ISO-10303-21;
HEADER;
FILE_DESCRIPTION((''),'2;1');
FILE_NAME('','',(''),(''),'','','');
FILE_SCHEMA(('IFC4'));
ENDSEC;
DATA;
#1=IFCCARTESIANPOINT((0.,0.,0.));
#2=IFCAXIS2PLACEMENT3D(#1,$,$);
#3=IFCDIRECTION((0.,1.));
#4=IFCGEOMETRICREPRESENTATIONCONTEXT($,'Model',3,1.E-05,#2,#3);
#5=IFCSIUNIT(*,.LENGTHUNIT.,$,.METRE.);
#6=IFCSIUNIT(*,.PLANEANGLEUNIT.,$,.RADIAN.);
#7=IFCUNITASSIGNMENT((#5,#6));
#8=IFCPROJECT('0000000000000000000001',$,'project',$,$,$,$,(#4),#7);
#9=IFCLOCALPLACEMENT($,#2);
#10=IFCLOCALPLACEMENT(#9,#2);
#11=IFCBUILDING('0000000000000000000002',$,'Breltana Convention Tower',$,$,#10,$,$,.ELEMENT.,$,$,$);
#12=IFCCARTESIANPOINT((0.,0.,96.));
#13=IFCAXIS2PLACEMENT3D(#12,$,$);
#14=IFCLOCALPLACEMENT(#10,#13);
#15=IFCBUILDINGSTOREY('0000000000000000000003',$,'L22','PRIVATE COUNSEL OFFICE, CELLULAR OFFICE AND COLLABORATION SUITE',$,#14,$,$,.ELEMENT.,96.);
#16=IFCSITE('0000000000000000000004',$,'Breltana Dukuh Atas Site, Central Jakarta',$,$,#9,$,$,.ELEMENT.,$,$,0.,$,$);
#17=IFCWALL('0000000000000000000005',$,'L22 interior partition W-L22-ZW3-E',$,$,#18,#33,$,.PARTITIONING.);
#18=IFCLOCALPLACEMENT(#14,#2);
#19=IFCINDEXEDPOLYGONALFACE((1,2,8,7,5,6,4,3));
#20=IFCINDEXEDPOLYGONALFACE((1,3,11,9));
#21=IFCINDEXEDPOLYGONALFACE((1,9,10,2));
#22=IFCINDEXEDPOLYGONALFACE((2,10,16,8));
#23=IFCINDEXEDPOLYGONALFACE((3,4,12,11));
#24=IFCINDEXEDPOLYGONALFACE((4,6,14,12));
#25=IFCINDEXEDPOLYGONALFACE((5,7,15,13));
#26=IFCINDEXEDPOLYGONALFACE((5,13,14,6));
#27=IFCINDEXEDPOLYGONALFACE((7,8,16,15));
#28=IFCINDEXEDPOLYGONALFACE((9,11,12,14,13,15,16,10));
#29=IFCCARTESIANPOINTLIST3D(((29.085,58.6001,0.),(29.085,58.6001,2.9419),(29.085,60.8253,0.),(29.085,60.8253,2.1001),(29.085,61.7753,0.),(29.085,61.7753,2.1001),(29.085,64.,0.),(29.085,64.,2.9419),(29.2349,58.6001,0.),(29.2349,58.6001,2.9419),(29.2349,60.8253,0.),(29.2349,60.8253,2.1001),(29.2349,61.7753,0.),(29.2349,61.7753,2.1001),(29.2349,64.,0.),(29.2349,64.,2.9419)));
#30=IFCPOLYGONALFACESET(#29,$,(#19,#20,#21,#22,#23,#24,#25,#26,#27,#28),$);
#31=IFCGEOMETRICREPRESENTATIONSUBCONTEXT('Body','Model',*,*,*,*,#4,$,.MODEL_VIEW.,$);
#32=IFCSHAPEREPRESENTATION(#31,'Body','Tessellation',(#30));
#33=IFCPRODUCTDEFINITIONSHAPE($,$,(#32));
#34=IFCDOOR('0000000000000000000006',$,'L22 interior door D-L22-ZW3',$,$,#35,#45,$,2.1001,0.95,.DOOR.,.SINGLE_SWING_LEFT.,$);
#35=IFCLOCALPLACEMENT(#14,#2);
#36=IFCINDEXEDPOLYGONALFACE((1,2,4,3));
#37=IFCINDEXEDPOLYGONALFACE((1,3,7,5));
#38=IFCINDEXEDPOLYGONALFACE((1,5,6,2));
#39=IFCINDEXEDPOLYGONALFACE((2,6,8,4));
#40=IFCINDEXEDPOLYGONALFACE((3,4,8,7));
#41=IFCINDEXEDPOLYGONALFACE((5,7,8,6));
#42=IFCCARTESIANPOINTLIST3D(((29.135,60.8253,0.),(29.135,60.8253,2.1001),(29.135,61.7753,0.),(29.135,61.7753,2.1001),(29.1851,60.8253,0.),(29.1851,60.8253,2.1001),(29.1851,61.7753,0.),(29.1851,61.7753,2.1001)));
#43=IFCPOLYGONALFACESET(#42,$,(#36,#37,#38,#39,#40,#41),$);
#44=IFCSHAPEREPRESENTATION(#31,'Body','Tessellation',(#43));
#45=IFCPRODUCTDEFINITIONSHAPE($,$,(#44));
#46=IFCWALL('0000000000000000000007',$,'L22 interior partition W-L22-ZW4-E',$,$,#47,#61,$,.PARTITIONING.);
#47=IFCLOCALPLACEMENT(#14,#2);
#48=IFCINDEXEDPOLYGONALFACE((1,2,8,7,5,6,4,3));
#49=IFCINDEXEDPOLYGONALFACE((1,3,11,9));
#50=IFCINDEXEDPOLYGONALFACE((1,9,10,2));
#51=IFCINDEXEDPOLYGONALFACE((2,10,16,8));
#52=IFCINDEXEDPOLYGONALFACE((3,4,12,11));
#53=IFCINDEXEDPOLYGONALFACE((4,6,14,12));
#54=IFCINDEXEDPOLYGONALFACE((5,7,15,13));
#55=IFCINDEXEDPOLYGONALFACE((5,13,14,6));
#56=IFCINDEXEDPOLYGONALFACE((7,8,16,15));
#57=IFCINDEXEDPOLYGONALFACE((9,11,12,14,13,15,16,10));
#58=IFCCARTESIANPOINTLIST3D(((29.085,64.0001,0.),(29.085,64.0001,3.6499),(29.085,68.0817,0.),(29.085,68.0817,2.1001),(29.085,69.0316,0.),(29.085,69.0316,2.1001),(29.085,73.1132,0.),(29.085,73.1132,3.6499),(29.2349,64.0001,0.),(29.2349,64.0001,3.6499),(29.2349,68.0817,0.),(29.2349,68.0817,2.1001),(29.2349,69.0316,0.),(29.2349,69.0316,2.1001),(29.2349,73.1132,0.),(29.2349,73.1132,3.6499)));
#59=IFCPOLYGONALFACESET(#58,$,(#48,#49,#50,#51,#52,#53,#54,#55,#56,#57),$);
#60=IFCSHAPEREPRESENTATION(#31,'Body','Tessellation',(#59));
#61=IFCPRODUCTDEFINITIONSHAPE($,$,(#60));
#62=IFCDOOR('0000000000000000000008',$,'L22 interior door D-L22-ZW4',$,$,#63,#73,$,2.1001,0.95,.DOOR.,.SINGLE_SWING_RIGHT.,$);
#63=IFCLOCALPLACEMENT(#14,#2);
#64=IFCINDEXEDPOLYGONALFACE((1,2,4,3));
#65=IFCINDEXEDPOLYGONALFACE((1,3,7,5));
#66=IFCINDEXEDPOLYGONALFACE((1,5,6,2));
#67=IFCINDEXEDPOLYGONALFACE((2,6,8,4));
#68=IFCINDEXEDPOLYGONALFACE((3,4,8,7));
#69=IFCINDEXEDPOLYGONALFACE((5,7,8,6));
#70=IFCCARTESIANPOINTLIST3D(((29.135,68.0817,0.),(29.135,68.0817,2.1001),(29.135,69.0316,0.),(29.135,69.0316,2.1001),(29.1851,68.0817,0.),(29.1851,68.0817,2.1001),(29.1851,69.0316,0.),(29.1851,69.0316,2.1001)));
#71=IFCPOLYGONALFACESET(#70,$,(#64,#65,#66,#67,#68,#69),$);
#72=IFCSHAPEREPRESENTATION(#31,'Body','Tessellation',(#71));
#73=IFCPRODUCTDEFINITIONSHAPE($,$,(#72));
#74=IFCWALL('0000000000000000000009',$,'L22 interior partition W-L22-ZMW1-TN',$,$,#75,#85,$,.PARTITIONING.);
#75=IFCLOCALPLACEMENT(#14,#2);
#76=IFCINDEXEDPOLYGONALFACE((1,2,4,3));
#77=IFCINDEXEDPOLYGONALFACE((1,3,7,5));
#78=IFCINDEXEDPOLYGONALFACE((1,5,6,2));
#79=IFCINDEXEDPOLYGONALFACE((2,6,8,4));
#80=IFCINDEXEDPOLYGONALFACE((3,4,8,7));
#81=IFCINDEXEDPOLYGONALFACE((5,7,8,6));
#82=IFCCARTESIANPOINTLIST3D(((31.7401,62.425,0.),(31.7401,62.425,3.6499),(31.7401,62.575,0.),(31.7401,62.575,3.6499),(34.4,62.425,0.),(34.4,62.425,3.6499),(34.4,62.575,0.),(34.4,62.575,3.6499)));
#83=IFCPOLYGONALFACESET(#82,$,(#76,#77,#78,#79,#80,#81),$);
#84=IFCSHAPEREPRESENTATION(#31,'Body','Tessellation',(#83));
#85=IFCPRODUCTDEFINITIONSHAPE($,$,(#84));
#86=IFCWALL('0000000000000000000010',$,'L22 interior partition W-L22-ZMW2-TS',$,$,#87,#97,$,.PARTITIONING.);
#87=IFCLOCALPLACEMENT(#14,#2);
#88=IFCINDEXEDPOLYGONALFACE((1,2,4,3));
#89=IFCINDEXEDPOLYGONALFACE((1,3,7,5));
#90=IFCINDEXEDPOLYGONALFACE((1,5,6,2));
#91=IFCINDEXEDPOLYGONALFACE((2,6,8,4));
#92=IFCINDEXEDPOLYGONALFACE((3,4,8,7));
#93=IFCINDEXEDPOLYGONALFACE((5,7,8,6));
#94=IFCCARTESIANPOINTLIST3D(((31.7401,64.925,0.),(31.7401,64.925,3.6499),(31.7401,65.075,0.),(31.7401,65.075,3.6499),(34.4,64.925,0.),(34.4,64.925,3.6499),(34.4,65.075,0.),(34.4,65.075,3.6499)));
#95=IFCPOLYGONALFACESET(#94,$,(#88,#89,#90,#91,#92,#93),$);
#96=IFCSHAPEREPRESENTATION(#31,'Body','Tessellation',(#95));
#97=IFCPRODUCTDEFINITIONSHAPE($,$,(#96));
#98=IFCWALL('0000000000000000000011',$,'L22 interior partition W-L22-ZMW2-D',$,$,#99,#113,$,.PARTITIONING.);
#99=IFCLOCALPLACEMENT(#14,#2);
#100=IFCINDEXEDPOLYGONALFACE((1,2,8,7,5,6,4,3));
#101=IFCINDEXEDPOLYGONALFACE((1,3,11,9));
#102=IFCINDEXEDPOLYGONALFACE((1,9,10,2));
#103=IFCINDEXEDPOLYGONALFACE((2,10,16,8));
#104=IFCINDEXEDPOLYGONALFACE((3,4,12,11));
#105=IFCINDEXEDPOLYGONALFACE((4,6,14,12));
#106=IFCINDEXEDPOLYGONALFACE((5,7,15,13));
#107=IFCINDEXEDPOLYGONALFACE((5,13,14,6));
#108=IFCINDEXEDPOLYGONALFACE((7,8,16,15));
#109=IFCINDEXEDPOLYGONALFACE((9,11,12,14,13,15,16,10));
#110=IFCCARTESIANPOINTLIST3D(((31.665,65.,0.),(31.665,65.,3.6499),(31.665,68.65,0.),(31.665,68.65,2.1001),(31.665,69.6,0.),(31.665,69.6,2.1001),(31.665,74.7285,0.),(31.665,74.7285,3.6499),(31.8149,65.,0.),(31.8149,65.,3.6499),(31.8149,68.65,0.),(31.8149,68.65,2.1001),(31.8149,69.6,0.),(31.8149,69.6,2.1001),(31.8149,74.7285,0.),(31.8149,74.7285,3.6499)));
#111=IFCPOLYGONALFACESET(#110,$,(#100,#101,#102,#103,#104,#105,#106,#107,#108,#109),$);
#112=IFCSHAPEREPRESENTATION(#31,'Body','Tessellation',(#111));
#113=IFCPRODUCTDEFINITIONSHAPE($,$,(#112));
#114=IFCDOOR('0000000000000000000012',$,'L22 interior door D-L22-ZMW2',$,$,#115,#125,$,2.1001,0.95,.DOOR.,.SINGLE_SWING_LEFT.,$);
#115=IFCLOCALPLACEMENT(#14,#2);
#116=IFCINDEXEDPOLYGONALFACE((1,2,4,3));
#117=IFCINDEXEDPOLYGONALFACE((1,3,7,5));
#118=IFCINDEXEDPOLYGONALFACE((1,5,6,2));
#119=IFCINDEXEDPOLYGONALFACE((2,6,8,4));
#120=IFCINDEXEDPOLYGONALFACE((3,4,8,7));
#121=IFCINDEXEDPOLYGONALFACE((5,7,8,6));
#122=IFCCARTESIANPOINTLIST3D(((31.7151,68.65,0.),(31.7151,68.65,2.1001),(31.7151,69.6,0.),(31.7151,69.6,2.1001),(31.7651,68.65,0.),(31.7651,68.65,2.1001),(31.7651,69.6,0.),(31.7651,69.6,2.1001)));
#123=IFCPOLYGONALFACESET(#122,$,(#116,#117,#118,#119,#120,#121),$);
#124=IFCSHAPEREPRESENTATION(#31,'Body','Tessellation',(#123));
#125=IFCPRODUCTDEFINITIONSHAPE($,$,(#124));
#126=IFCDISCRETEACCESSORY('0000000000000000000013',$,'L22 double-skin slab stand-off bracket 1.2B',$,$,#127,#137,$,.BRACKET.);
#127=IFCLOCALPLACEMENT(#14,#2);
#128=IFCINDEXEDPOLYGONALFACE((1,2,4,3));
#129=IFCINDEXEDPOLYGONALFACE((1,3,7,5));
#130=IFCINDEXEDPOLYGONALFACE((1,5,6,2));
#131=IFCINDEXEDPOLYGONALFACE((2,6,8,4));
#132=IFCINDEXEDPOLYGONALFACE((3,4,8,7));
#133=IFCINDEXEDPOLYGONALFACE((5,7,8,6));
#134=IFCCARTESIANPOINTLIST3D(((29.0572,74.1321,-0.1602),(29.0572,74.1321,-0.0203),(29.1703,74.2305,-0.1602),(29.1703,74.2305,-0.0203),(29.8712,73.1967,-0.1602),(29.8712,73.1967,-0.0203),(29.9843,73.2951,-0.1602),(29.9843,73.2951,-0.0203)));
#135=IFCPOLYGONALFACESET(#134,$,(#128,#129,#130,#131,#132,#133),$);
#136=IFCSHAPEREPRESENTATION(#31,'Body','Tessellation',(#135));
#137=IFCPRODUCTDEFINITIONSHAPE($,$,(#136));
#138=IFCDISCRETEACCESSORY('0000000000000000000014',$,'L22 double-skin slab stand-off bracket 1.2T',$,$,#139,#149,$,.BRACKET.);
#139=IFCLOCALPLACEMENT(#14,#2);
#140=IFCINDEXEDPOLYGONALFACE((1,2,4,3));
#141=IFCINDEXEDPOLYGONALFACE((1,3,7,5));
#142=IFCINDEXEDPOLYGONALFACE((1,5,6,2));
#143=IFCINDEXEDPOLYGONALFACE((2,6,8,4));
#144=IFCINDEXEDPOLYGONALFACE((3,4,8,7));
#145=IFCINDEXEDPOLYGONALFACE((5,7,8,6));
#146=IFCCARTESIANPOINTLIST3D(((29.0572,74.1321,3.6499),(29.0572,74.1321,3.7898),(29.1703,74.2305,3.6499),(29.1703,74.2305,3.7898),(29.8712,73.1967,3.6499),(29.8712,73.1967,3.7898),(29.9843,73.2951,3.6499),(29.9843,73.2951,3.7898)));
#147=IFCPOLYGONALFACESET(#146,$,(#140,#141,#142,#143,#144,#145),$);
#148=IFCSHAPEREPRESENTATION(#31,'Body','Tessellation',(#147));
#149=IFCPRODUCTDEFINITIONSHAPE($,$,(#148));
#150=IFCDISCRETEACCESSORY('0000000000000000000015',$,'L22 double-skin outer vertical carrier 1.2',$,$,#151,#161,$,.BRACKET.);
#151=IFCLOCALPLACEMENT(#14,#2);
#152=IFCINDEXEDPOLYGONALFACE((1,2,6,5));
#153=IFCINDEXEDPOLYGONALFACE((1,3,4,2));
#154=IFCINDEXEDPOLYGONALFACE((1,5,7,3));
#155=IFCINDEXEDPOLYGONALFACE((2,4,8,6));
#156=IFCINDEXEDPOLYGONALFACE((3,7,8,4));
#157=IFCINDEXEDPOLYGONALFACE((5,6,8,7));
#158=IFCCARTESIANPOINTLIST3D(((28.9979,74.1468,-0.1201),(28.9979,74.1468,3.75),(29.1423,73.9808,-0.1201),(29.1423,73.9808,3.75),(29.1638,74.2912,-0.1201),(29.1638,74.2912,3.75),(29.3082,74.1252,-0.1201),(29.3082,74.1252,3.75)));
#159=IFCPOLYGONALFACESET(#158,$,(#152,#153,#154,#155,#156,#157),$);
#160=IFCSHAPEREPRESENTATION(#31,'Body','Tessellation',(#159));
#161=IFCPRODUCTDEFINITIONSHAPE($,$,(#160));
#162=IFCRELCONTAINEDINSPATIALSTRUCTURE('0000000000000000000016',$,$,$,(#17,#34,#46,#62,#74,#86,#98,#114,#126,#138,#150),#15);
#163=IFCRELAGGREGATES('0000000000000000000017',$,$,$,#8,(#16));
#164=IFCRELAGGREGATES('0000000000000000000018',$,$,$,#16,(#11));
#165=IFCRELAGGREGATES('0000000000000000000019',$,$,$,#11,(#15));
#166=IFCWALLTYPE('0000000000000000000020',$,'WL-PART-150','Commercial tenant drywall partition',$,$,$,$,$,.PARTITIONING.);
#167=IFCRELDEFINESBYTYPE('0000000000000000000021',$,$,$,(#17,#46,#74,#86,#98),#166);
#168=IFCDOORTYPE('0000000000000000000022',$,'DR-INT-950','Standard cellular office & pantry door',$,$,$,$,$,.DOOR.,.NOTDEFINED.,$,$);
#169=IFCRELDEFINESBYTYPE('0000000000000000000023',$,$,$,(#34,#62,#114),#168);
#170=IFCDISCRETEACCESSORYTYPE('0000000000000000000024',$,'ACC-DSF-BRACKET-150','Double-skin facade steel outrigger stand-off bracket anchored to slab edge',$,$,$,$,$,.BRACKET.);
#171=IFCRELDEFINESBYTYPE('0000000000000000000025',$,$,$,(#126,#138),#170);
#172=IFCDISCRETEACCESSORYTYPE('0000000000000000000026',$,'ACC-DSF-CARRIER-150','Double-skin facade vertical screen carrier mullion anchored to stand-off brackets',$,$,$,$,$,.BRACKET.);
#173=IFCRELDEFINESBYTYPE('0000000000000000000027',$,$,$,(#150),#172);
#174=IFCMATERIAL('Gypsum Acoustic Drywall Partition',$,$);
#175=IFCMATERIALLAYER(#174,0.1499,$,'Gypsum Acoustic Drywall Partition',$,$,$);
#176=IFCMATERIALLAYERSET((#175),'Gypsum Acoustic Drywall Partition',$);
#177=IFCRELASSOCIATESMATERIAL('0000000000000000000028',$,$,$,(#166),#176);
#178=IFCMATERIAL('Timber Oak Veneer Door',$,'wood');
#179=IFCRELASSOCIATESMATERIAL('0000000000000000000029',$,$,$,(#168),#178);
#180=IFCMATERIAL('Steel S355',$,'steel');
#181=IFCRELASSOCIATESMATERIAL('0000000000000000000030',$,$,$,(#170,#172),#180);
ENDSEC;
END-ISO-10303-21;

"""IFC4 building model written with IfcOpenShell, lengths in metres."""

from ifc_helpers import new_model, si_unit, direction, frame, frame_2d, origin, origin_2d, place, context, subcontext, project, spatial, rectangle, extrude, source, transform, mapped, material, layer, layer_set, type_object, type_shapes, element, fill, save


model = new_model("IFC4")

# Units and contexts
model_context = context("Model", 3, precision=1e-05, world=origin(), true_north=direction((0.0, 1.0)))
body_context = subcontext(model_context, "Body", "Model", "MODEL_VIEW")
ifc_project = project(units=[si_unit("LENGTHUNIT", "METRE"), si_unit("PLANEANGLEUNIT", "RADIAN")], contexts=[model_context])

# Site, building, storey
site_placement = place(None, origin())
site = spatial("IfcSite", under=ifc_project, at=site_placement, Name="Breltana Dukuh Atas Site, Central Jakarta", CompositionType="ELEMENT", RefElevation=0.0)
building_placement = place(site_placement, origin())
building = spatial("IfcBuilding", under=site, at=building_placement, Name="Breltana Convention Tower", CompositionType="ELEMENT")
storey_placement = place(building_placement, frame((0.0, 0.0, 96.0)))
storey = spatial("IfcBuildingStorey", under=building, at=storey_placement, Name="L22", Description="PRIVATE COUNSEL OFFICE, CELLULAR OFFICE AND COLLABORATION SUITE", CompositionType="ELEMENT", Elevation=96.0)

# Shared definitions
ifc_material_1 = material(Name="Gypsum Acoustic Drywall Partition")
ifc_layer_1 = layer(ifc_material_1, 0.1499, Name="Gypsum Acoustic Drywall Partition")
ifc_layer_set_1 = layer_set([ifc_layer_1], Name="Gypsum Acoustic Drywall Partition")
wall_type_1 = type_object("IfcWallType", Name="WL-PART-150", Description="Commercial tenant drywall partition", PredefinedType="PARTITIONING", material=ifc_layer_set_1)

# Walls, openings, doors
shared_shape_1 = source(origin(), body_context, "Body", "SweptSolid", [
    extrude(rectangle(XDim=5.3999, YDim=0.1499, at=frame_2d((2.7, 0.0))), origin(), (0.0, 0.0, 1.0), 2.9419),
])
wall_1_placement = place(storey_placement, frame((29.1599, 58.6001, 0.0), z_axis=(0.0, 0.0, 1.0), x_axis=(0.0, 1.0, 0.0)))
wall_1 = element("IfcWall", 1, at=wall_1_placement, inside=storey, type_object=wall_type_1, Name="L22 interior partition W-L22-ZW3-E", PredefinedType="PARTITIONING", context=body_context, shape_type="MappedRepresentation", body=[
    mapped(shared_shape_1, transform((0.0, 0.0, 0.0), scale=1.0)),
])
opening_1_placement = place(wall_1_placement, frame((2.2251, 0.0, 0.0)))
opening_1 = element("IfcOpeningElement", 2, at=opening_1_placement, cuts=wall_1, PredefinedType="OPENING", context=body_context, shape_type="SweptSolid", body=[
    extrude(rectangle(XDim=0.95, YDim=2.1001, at=frame_2d((0.4751, 1.05))), frame((0.0, 0.085, 0.0), z_axis=(0.0, -1.0, 0.0), x_axis=(1.0, 0.0, 0.0)), (0.0, 0.0, 1.0), 0.1699),
])
ifc_material_2 = material(Name="Timber Oak Veneer Door", Category="wood")
door_type = type_object("IfcDoorType", Name="DR-INT-950", Description="Standard cellular office & pantry door", OperationType="NOTDEFINED", PredefinedType="DOOR", material=ifc_material_2)
shared_shape_2 = source(origin(), body_context, "Body", "SweptSolid", [
    extrude(rectangle(XDim=0.95, YDim=2.1001, at=frame_2d((0.4751, 1.05))), frame((0.0, 0.0249, 0.0), z_axis=(0.0, -1.0, 0.0), x_axis=(1.0, 0.0, 0.0)), (0.0, 0.0, 1.0), 0.05),
])
type_shapes(door_type, [shared_shape_2])
door_1_placement = place(opening_1_placement, origin())
door_1 = element("IfcDoor", 3, at=door_1_placement, inside=storey, type_object=door_type, Name="L22 interior door D-L22-ZW3", OperationType="SINGLE_SWING_LEFT", OverallHeight=2.1001, OverallWidth=0.95, PredefinedType="DOOR", context=body_context, shape_type="MappedRepresentation", body=[
    mapped(shared_shape_2, transform((0.0, 0.0, 0.0), scale=1.0)),
])
fill(opening_1, door_1)
shared_shape_3 = source(origin(), body_context, "Body", "SweptSolid", [
    extrude(rectangle(XDim=9.113, YDim=0.1499, at=frame_2d((4.5566, 0.0))), origin(), (0.0, 0.0, 1.0), 3.6499),
])
wall_2_placement = place(storey_placement, frame((29.1599, 64.0, 0.0), z_axis=(0.0, 0.0, 1.0), x_axis=(0.0, 1.0, 0.0)))
wall_2 = element("IfcWall", 4, at=wall_2_placement, inside=storey, type_object=wall_type_1, Name="L22 interior partition W-L22-ZW4-E", PredefinedType="PARTITIONING", context=body_context, shape_type="MappedRepresentation", body=[
    mapped(shared_shape_3, transform((0.0, 0.0, 0.0), scale=1.0)),
])
opening_2_placement = place(wall_2_placement, frame((4.0815, 0.0, 0.0)))
opening_2 = element("IfcOpeningElement", 5, at=opening_2_placement, cuts=wall_2, PredefinedType="OPENING", context=body_context, shape_type="SweptSolid", body=[
    extrude(rectangle(XDim=0.95, YDim=2.1001, at=frame_2d((0.4751, 1.05))), frame((0.0, 0.085, 0.0), z_axis=(0.0, -1.0, 0.0), x_axis=(1.0, 0.0, 0.0)), (0.0, 0.0, 1.0), 0.1699),
])
door_2_placement = place(opening_2_placement, origin())
door_2 = element("IfcDoor", 6, at=door_2_placement, inside=storey, type_object=door_type, Name="L22 interior door D-L22-ZW4", OperationType="SINGLE_SWING_RIGHT", OverallHeight=2.1001, OverallWidth=0.95, PredefinedType="DOOR", context=body_context, shape_type="MappedRepresentation", body=[
    mapped(shared_shape_2, transform((0.0, 0.0, 0.0), scale=1.0)),
])
fill(opening_2, door_2)

# Walls
shared_shape_4 = source(origin(), body_context, "Body", "SweptSolid", [
    extrude(rectangle(XDim=2.6599, YDim=0.1499, at=frame_2d((1.3301, 0.0))), origin(), (0.0, 0.0, 1.0), 3.6499),
])
for number, where, z_axis, x_axis, name in (
    (7, (31.74, 62.5, 0.0), (0.0, 0.0, 1.0), (1.0, 0.0, 0.0), "L22 interior partition W-L22-ZMW1-TN"),
    (8, (31.74, 65.0, 0.0), (0.0, 0.0, 1.0), (1.0, 0.0, 0.0), "L22 interior partition W-L22-ZMW2-TS"),
):
    element("IfcWall", number, at=place(storey_placement, frame(where, z_axis=z_axis, x_axis=x_axis)), inside=storey, type_object=wall_type_1, Name=name, PredefinedType="PARTITIONING", context=body_context, shape_type="MappedRepresentation", body=[
        mapped(shared_shape_4, transform((0.0, 0.0, 0.0), scale=1.0)),
    ])

# Wall, opening, door
shared_shape_5 = source(origin(), body_context, "Body", "SweptSolid", [
    extrude(rectangle(XDim=9.7285, YDim=0.1499, at=frame_2d((4.8643, 0.0))), origin(), (0.0, 0.0, 1.0), 3.6499),
])
wall_3_placement = place(storey_placement, frame((31.74, 65.0, 0.0), z_axis=(0.0, 0.0, 1.0), x_axis=(0.0, 1.0, 0.0)))
wall_3 = element("IfcWall", 9, at=wall_3_placement, inside=storey, type_object=wall_type_1, Name="L22 interior partition W-L22-ZMW2-D", PredefinedType="PARTITIONING", context=body_context, shape_type="MappedRepresentation", body=[
    mapped(shared_shape_5, transform((0.0, 0.0, 0.0), scale=1.0)),
])
opening_3_placement = place(wall_3_placement, frame((3.6499, 0.0, 0.0)))
opening_3 = element("IfcOpeningElement", 10, at=opening_3_placement, cuts=wall_3, PredefinedType="OPENING", context=body_context, shape_type="SweptSolid", body=[
    extrude(rectangle(XDim=0.95, YDim=2.1001, at=frame_2d((0.4751, 1.05))), frame((0.0, 0.085, 0.0), z_axis=(0.0, -1.0, 0.0), x_axis=(1.0, 0.0, 0.0)), (0.0, 0.0, 1.0), 0.1699),
])
door_3_placement = place(opening_3_placement, origin())
door_3 = element("IfcDoor", 11, at=door_3_placement, inside=storey, type_object=door_type, Name="L22 interior door D-L22-ZMW2", OperationType="SINGLE_SWING_LEFT", OverallHeight=2.1001, OverallWidth=0.95, PredefinedType="DOOR", context=body_context, shape_type="MappedRepresentation", body=[
    mapped(shared_shape_2, transform((0.0, 0.0, 0.0), scale=1.0)),
])
fill(opening_3, door_3)

# Discrete accessories
ifc_material_3 = material(Name="Steel S355", Category="steel")
discrete_accessory_type_1 = type_object("IfcDiscreteAccessoryType", Name="ACC-DSF-BRACKET-150", Description="Double-skin facade steel outrigger stand-off bracket anchored to slab edge", PredefinedType="BRACKET", material=ifc_material_3)
shared_shape_6 = source(origin(), body_context, "Body", "SweptSolid", [
    extrude(rectangle(XDim=1.24, YDim=0.1499, at=origin_2d()), origin(), (0.0, 0.0, 1.0), 0.1399),
])
type_shapes(discrete_accessory_type_1, [shared_shape_6])
for number, where, z_axis, x_axis, name in (
    (12, (29.5208, 73.7136, -0.1602), (0.0, 0.0, 1.0), (-0.656454, 0.754366, 0.0), "L22 double-skin slab stand-off bracket 1.2B"),
    (13, (29.5208, 73.7136, 3.6499), (0.0, 0.0, 1.0), (-0.656454, 0.754366, 0.0), "L22 double-skin slab stand-off bracket 1.2T"),
):
    element("IfcDiscreteAccessory", number, at=place(storey_placement, frame(where, z_axis=z_axis, x_axis=x_axis)), inside=storey, type_object=discrete_accessory_type_1, Name=name, PredefinedType="BRACKET", context=body_context, shape_type="MappedRepresentation", body=[
        mapped(shared_shape_6, transform((0.0, 0.0, 0.0), scale=1.0)),
    ])
discrete_accessory_type_2 = type_object("IfcDiscreteAccessoryType", Name="ACC-DSF-CARRIER-150", Description="Double-skin facade vertical screen carrier mullion anchored to stand-off brackets", PredefinedType="BRACKET", material=ifc_material_3)
shared_shape_7 = source(origin(), body_context, "Body", "SweptSolid", [
    extrude(rectangle(XDim=0.22, YDim=0.22, at=origin_2d()), origin(), (0.0, 0.0, 1.0), 3.8701),
])
discrete_accessory_placement = place(storey_placement, frame((29.1531, 74.136, -0.1201), z_axis=(0.0, 0.0, 1.0), x_axis=(-0.656454, 0.754366, 0.0)))
element("IfcDiscreteAccessory", 14, at=discrete_accessory_placement, inside=storey, type_object=discrete_accessory_type_2, Name="L22 double-skin outer vertical carrier 1.2", PredefinedType="BRACKET", context=body_context, shape_type="MappedRepresentation", body=[
    mapped(shared_shape_7, transform((0.0, 0.0, 0.0), scale=1.0)),
])

save(model, "model.ifc")
